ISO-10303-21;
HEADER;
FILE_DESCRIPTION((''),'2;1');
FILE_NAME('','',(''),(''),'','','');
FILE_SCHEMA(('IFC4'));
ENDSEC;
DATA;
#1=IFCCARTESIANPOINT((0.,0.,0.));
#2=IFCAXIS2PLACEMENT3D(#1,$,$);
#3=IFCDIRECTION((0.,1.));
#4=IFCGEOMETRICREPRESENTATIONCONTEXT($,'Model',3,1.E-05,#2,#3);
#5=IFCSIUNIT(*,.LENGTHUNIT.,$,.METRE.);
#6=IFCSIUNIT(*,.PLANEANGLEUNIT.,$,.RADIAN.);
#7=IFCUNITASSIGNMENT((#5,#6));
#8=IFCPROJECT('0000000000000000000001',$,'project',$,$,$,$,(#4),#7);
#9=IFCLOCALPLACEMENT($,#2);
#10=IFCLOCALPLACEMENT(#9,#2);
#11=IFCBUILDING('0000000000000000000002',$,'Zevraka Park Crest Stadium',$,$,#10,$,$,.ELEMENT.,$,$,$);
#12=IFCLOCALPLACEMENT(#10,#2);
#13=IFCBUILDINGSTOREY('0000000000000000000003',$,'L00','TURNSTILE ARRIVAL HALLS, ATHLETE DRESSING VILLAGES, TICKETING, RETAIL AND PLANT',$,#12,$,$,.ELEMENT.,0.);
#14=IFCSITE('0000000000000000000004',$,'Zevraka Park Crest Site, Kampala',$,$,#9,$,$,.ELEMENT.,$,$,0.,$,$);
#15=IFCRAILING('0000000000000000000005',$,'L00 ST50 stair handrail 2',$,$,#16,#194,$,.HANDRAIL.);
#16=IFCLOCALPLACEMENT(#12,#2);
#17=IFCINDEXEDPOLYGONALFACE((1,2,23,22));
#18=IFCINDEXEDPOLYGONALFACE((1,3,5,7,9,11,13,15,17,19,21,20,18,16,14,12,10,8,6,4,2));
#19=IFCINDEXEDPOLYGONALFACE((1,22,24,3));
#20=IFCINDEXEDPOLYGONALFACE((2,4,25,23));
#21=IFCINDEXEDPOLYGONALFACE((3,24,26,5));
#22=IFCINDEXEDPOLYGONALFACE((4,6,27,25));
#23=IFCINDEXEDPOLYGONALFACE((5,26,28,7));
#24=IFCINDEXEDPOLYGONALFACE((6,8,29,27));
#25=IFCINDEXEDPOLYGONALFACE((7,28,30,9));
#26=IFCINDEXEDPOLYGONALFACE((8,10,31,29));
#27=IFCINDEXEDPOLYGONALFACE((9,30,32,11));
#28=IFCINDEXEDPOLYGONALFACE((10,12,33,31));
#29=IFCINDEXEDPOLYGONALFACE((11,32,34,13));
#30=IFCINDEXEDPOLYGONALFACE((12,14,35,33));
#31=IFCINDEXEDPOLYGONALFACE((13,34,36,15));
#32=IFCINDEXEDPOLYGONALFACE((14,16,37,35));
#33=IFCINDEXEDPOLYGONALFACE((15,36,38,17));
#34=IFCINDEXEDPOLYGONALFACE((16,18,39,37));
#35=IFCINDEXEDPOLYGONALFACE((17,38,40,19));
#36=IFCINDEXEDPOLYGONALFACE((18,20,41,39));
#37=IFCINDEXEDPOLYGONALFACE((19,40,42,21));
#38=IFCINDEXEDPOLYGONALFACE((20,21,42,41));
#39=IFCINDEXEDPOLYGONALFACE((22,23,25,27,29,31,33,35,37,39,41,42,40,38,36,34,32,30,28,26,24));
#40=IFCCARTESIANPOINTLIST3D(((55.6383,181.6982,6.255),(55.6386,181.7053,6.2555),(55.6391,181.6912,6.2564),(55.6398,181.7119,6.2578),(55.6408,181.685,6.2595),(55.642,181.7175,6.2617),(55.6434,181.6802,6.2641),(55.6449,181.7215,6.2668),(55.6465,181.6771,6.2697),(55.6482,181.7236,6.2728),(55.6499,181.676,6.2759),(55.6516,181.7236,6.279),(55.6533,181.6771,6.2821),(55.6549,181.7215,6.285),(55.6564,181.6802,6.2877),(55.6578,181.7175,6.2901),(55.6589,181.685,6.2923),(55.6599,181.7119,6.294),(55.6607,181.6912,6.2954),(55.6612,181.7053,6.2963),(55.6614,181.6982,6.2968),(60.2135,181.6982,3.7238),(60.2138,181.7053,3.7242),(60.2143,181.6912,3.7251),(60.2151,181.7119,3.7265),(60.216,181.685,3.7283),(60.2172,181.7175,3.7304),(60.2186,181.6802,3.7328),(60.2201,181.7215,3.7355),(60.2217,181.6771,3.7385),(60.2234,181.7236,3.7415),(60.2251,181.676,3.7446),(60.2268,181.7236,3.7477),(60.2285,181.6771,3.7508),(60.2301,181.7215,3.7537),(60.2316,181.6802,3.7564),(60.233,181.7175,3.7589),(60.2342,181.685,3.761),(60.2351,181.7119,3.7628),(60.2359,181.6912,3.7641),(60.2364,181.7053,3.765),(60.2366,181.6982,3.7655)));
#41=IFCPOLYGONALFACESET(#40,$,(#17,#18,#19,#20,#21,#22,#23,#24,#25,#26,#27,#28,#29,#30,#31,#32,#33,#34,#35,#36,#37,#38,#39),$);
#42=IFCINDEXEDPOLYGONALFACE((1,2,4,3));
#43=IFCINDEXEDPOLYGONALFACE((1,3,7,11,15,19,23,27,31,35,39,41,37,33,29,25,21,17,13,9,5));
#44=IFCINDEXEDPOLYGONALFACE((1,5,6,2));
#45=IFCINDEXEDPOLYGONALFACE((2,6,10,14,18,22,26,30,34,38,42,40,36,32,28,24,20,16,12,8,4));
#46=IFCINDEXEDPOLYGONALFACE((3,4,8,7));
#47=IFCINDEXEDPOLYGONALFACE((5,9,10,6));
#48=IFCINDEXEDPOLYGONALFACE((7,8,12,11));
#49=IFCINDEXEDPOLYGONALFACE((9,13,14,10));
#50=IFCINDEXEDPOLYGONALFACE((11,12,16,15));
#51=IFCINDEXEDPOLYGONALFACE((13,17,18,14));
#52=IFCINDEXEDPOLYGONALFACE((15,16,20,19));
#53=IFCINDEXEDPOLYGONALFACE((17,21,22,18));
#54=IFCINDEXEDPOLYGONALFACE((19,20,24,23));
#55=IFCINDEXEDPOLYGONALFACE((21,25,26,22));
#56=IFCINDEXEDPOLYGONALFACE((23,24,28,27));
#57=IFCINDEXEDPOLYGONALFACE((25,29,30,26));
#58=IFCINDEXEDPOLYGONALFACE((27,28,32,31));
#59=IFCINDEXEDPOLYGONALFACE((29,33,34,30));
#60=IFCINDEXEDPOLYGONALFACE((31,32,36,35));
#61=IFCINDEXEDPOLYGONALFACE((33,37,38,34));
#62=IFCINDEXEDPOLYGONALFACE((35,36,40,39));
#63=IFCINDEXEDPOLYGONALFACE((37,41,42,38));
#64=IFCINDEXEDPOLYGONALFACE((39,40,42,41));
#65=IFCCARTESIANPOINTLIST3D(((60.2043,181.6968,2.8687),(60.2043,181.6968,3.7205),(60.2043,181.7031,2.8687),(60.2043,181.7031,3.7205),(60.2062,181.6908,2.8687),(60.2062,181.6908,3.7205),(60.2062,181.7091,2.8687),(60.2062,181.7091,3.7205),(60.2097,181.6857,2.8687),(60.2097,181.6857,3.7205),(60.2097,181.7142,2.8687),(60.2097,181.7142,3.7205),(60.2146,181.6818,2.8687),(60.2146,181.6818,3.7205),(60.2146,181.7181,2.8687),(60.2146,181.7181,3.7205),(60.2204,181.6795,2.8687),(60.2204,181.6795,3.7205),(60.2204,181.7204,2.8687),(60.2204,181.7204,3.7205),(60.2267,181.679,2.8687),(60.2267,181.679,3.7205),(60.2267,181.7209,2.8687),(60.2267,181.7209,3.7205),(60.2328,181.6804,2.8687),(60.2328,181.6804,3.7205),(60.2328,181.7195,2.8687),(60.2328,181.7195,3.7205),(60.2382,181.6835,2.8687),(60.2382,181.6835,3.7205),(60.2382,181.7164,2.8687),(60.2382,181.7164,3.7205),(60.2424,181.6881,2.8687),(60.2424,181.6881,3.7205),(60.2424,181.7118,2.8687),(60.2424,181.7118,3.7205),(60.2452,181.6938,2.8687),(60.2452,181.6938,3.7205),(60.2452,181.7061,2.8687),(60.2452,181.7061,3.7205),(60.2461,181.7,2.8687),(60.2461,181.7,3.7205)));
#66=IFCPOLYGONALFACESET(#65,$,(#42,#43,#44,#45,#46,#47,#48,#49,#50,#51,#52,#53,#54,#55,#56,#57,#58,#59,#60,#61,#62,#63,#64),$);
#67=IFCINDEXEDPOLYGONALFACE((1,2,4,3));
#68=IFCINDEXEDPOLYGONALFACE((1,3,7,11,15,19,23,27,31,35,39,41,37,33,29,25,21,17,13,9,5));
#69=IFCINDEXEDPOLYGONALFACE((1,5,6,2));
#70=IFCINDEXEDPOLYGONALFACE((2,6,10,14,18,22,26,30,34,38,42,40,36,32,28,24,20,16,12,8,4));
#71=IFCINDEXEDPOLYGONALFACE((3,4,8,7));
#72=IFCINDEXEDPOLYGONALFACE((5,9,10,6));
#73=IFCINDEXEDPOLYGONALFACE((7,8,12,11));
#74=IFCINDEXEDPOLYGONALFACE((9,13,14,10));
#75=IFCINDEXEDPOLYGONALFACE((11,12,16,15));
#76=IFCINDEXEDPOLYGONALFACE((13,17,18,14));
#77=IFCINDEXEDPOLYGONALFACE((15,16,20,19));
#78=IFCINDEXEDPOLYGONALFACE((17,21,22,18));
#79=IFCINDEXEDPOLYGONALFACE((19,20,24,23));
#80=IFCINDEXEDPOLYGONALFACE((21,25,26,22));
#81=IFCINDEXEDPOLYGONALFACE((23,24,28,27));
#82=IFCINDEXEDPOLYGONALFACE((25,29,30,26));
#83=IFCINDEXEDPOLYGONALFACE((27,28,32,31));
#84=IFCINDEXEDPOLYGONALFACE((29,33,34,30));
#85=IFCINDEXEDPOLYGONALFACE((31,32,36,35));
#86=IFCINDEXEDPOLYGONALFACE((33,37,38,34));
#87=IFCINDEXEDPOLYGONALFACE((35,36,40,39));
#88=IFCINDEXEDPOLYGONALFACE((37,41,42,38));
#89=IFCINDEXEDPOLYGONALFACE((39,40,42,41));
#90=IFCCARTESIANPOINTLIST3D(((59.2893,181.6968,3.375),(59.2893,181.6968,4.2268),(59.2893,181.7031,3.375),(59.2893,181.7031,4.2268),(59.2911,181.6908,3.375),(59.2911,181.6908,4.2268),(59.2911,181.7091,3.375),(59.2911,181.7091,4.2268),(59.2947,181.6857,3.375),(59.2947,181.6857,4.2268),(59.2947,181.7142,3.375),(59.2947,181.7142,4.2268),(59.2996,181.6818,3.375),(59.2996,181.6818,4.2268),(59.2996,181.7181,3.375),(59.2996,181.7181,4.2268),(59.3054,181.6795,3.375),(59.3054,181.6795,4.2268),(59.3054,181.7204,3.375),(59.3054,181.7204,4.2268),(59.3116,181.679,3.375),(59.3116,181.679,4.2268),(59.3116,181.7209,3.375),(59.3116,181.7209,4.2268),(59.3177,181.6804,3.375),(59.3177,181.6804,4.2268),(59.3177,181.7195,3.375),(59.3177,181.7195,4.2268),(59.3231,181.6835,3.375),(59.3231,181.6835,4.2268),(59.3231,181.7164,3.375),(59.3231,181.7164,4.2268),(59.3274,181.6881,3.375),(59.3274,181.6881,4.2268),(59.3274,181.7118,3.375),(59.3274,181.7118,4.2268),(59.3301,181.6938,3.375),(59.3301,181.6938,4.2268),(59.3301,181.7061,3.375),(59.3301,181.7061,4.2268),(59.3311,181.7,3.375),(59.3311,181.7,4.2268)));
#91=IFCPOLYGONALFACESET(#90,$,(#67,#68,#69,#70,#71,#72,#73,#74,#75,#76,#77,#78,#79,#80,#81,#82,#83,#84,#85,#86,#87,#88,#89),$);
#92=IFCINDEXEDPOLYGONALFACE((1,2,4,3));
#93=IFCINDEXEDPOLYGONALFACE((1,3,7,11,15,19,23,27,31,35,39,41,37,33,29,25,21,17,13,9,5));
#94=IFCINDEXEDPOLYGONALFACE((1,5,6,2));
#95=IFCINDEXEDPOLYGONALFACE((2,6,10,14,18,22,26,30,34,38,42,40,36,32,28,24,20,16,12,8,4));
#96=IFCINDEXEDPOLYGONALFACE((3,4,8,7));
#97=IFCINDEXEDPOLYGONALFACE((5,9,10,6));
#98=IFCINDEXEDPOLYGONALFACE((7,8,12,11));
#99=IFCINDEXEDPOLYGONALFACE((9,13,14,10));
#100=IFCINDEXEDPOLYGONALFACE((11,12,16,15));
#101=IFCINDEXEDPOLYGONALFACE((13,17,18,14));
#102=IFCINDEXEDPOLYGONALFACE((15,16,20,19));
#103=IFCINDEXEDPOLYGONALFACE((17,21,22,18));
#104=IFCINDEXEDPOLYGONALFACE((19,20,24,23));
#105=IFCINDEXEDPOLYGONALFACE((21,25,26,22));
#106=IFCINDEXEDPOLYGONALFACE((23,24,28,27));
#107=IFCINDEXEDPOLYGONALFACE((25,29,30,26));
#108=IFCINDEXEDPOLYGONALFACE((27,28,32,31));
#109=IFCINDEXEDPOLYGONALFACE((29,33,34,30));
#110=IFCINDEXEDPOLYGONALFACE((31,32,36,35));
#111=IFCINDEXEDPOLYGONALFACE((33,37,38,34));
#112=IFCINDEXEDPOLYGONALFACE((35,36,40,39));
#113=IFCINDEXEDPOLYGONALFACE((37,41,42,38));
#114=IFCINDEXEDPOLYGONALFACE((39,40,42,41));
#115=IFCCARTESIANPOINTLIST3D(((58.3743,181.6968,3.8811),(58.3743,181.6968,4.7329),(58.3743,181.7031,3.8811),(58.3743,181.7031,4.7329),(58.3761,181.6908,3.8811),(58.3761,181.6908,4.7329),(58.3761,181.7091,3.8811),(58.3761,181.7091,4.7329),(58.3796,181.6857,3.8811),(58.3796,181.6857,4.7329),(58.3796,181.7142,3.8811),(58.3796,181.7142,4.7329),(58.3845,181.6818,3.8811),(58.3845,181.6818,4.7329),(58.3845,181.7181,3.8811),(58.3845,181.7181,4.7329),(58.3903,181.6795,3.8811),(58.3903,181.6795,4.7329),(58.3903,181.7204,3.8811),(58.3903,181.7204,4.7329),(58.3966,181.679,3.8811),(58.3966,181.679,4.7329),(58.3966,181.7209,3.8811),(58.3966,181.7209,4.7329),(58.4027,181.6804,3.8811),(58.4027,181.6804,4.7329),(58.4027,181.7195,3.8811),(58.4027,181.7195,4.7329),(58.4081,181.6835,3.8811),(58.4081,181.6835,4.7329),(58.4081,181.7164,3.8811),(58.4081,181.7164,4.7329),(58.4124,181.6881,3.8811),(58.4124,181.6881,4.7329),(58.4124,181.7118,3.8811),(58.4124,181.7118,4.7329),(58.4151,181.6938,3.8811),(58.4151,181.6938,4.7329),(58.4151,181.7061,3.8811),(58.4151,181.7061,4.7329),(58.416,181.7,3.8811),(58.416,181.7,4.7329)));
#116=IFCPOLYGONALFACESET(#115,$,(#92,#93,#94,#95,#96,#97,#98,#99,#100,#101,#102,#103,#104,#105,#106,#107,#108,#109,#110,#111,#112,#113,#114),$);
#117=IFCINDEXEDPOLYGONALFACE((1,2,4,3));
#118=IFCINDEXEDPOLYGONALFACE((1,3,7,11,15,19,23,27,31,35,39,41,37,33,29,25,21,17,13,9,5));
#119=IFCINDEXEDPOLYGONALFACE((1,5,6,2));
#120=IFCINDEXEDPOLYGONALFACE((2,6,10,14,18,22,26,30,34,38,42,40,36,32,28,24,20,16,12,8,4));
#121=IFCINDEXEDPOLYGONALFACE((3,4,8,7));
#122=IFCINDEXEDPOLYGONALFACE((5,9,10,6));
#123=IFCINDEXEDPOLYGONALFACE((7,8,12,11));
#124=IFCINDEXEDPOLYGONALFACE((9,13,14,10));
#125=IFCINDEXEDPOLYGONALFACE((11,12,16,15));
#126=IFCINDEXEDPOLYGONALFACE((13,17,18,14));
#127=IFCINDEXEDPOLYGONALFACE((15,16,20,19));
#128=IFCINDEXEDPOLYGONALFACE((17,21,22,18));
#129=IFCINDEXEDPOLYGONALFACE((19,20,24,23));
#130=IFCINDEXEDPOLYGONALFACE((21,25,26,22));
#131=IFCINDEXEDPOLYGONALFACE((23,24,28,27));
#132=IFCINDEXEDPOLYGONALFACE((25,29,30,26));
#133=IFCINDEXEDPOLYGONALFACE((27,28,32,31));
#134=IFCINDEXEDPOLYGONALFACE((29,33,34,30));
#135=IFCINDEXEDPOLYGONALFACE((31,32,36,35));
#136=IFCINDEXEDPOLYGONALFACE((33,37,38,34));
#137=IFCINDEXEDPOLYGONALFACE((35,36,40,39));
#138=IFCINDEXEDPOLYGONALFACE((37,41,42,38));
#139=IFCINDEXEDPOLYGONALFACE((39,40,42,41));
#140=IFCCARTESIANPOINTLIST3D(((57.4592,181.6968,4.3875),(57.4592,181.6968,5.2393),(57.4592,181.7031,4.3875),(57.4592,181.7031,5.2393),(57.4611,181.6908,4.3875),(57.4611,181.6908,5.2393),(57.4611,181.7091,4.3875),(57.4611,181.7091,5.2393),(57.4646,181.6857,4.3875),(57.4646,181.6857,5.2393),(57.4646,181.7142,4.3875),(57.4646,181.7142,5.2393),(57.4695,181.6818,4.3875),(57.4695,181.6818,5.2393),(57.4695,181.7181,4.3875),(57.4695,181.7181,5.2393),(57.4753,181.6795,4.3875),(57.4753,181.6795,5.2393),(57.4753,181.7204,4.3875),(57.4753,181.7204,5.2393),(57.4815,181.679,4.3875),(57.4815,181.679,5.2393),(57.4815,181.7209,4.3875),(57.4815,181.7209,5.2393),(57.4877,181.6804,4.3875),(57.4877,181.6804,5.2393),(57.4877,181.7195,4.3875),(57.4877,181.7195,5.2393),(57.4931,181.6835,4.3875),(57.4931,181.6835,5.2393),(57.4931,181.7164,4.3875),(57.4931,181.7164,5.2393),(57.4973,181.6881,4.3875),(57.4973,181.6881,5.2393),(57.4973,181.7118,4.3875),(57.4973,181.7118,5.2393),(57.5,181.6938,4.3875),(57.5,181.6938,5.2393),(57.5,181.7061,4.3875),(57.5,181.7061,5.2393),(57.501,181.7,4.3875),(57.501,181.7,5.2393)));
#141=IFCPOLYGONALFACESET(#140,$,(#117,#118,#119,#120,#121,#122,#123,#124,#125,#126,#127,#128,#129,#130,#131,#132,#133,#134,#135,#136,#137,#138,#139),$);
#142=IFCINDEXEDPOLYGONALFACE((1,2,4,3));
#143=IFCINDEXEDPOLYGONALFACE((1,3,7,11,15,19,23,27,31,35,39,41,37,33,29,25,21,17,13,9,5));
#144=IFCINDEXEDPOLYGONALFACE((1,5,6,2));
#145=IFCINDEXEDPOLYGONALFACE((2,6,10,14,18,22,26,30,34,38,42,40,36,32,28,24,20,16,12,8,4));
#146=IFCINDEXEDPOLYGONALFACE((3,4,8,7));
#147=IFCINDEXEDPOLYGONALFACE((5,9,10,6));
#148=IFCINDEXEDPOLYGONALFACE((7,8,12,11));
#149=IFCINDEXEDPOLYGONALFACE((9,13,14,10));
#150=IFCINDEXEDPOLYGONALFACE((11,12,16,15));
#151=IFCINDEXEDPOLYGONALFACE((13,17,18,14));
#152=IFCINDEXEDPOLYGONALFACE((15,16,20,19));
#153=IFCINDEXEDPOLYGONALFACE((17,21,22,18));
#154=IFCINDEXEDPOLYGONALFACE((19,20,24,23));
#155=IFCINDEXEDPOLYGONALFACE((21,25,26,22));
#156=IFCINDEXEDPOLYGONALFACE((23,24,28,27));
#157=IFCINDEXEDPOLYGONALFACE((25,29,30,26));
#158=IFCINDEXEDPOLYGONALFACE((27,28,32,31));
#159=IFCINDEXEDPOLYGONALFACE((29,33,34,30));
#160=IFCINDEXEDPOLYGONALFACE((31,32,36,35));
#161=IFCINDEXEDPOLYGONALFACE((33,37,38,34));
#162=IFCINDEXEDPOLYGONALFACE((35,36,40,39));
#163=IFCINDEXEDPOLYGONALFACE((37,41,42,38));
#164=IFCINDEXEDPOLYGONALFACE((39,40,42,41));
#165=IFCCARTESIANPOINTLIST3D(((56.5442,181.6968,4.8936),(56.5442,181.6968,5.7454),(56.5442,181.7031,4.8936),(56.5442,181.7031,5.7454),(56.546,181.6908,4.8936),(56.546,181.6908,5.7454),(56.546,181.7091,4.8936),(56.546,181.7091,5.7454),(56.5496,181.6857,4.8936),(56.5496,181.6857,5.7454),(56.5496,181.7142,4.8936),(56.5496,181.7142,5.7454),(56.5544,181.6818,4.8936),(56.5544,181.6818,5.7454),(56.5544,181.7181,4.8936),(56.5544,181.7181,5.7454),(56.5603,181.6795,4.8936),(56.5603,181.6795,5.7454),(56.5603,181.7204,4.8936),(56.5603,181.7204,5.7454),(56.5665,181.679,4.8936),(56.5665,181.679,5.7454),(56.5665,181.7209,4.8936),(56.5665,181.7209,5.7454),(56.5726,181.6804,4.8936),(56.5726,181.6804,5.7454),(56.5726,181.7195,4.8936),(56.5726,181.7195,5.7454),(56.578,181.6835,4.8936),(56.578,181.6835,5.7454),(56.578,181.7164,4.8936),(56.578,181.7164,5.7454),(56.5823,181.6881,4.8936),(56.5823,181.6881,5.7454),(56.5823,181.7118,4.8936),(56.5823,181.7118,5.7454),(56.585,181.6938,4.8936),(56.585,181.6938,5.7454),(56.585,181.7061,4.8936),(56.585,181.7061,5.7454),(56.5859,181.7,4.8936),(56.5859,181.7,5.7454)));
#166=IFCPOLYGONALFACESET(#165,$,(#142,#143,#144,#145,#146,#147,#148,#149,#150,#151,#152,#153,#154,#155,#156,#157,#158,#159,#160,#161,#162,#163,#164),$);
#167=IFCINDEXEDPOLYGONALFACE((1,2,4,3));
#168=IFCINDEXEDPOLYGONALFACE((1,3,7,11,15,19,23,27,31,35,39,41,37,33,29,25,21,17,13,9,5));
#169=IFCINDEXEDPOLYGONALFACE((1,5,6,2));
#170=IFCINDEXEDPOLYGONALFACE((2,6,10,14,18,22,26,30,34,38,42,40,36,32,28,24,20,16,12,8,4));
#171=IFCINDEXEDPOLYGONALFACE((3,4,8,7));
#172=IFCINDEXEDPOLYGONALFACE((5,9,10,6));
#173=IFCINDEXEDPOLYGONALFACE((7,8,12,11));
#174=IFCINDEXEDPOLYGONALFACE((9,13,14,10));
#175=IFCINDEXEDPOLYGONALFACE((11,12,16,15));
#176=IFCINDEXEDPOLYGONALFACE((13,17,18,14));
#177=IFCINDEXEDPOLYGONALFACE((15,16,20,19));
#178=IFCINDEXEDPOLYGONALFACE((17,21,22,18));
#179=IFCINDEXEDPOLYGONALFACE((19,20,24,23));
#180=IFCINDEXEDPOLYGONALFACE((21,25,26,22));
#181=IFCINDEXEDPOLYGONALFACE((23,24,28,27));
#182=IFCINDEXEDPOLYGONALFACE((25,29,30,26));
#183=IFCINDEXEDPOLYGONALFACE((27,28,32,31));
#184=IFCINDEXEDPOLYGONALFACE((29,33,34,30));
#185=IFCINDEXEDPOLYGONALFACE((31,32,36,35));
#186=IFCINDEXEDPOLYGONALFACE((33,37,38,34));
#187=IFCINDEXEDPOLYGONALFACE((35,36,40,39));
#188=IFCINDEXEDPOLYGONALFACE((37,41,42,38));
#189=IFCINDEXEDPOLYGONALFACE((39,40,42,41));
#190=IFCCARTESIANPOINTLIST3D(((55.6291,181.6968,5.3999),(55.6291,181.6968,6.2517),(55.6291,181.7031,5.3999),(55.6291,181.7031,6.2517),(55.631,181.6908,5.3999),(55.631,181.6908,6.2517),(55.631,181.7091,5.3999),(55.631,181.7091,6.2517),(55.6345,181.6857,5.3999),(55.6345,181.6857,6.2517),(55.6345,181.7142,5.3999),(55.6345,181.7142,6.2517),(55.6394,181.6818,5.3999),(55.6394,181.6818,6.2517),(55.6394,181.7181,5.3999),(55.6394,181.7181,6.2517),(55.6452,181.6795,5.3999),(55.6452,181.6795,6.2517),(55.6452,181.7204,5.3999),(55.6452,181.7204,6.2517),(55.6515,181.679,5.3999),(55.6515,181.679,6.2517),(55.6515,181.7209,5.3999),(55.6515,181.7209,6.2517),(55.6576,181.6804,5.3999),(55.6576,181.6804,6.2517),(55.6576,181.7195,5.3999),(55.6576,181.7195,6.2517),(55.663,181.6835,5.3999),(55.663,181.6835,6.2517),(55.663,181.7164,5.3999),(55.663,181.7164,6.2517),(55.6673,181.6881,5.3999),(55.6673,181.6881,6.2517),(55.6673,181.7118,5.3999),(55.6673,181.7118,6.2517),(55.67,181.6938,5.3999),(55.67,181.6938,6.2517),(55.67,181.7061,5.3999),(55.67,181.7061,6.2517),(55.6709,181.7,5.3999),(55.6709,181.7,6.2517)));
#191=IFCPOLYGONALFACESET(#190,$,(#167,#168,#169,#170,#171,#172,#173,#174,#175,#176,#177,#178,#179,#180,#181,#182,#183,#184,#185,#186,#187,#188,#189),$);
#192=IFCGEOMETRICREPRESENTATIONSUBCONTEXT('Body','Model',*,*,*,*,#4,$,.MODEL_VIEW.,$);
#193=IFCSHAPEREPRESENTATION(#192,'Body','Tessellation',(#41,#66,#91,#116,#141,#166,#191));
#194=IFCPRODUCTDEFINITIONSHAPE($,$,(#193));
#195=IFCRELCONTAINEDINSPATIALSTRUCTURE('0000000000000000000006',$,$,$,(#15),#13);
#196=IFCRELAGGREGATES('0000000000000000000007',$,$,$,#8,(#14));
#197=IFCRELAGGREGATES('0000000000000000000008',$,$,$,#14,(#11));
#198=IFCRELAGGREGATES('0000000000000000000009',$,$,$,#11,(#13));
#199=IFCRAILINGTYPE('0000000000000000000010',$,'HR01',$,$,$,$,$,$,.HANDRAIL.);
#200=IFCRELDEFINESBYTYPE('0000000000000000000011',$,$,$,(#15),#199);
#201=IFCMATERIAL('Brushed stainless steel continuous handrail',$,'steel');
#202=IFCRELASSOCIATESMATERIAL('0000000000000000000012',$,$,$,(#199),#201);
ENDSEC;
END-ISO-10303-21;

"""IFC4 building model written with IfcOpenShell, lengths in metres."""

from ifc_helpers import new_model, si_unit, direction, frame, origin, origin_2d, place, context, subcontext, project, spatial, circle, extrude, material, type_object, element, save


model = new_model("IFC4")

# Units and contexts
model_context = context("Model", 3, precision=1e-05, world=origin(), true_north=direction((0.0, 1.0)))
body_context = subcontext(model_context, "Body", "Model", "MODEL_VIEW")
ifc_project = project(units=[si_unit("LENGTHUNIT", "METRE"), si_unit("PLANEANGLEUNIT", "RADIAN")], contexts=[model_context])

# Site, building, storey
site_placement = place(None, origin())
site = spatial("IfcSite", under=ifc_project, at=site_placement, Name="Zevraka Park Crest Site, Kampala", CompositionType="ELEMENT", RefElevation=0.0)
building_placement = place(site_placement, origin())
building = spatial("IfcBuilding", under=site, at=building_placement, Name="Zevraka Park Crest Stadium", CompositionType="ELEMENT")
storey_placement = place(building_placement, origin())
storey = spatial("IfcBuildingStorey", under=building, at=storey_placement, Name="L00", Description="TURNSTILE ARRIVAL HALLS, ATHLETE DRESSING VILLAGES, TICKETING, RETAIL AND PLANT", CompositionType="ELEMENT", Elevation=0.0)

# Railing
ifc_material_1 = material(Name="Brushed stainless steel continuous handrail", Category="steel")
railing_type_1 = type_object("IfcRailingType", Name="HR01", PredefinedType="HANDRAIL", material=ifc_material_1)
railing_1_placement = place(storey_placement, frame((60.2251, 181.7, 2.8687)))
element("IfcRailing", 1, at=railing_1_placement, inside=storey, type_object=railing_type_1, Name="L00 ST50 stair handrail 2", PredefinedType="HANDRAIL", context=body_context, shape_type="SweptSolid", body=[
    extrude(circle(Radius=0.0239, at=origin_2d()), frame((0.0, 0.0, 0.876), z_axis=(-0.87501, 0.0, 0.484104), x_axis=(0.0, -1.0, 0.0)), (0.0, 0.0, 1.0), 5.2288),
    extrude(circle(Radius=0.021, at=origin_2d()), origin(), (0.0, 0.0, 1.0), 0.8518),
    extrude(circle(Radius=0.021, at=origin_2d()), frame((-0.915, 0.0, 0.5063)), (0.0, 0.0, 1.0), 0.8518),
    extrude(circle(Radius=0.021, at=origin_2d()), frame((-1.8301, 0.0, 1.0125)), (0.0, 0.0, 1.0), 0.8518),
    extrude(circle(Radius=0.021, at=origin_2d()), frame((-2.7451, 0.0, 1.5188)), (0.0, 0.0, 1.0), 0.8518),
    extrude(circle(Radius=0.021, at=origin_2d()), frame((-3.6602, 0.0, 2.0249)), (0.0, 0.0, 1.0), 0.8518),
    extrude(circle(Radius=0.021, at=origin_2d()), frame((-4.5752, 0.0, 2.5312)), (0.0, 0.0, 1.0), 0.8518),
])

save(model, "model.ifc")
